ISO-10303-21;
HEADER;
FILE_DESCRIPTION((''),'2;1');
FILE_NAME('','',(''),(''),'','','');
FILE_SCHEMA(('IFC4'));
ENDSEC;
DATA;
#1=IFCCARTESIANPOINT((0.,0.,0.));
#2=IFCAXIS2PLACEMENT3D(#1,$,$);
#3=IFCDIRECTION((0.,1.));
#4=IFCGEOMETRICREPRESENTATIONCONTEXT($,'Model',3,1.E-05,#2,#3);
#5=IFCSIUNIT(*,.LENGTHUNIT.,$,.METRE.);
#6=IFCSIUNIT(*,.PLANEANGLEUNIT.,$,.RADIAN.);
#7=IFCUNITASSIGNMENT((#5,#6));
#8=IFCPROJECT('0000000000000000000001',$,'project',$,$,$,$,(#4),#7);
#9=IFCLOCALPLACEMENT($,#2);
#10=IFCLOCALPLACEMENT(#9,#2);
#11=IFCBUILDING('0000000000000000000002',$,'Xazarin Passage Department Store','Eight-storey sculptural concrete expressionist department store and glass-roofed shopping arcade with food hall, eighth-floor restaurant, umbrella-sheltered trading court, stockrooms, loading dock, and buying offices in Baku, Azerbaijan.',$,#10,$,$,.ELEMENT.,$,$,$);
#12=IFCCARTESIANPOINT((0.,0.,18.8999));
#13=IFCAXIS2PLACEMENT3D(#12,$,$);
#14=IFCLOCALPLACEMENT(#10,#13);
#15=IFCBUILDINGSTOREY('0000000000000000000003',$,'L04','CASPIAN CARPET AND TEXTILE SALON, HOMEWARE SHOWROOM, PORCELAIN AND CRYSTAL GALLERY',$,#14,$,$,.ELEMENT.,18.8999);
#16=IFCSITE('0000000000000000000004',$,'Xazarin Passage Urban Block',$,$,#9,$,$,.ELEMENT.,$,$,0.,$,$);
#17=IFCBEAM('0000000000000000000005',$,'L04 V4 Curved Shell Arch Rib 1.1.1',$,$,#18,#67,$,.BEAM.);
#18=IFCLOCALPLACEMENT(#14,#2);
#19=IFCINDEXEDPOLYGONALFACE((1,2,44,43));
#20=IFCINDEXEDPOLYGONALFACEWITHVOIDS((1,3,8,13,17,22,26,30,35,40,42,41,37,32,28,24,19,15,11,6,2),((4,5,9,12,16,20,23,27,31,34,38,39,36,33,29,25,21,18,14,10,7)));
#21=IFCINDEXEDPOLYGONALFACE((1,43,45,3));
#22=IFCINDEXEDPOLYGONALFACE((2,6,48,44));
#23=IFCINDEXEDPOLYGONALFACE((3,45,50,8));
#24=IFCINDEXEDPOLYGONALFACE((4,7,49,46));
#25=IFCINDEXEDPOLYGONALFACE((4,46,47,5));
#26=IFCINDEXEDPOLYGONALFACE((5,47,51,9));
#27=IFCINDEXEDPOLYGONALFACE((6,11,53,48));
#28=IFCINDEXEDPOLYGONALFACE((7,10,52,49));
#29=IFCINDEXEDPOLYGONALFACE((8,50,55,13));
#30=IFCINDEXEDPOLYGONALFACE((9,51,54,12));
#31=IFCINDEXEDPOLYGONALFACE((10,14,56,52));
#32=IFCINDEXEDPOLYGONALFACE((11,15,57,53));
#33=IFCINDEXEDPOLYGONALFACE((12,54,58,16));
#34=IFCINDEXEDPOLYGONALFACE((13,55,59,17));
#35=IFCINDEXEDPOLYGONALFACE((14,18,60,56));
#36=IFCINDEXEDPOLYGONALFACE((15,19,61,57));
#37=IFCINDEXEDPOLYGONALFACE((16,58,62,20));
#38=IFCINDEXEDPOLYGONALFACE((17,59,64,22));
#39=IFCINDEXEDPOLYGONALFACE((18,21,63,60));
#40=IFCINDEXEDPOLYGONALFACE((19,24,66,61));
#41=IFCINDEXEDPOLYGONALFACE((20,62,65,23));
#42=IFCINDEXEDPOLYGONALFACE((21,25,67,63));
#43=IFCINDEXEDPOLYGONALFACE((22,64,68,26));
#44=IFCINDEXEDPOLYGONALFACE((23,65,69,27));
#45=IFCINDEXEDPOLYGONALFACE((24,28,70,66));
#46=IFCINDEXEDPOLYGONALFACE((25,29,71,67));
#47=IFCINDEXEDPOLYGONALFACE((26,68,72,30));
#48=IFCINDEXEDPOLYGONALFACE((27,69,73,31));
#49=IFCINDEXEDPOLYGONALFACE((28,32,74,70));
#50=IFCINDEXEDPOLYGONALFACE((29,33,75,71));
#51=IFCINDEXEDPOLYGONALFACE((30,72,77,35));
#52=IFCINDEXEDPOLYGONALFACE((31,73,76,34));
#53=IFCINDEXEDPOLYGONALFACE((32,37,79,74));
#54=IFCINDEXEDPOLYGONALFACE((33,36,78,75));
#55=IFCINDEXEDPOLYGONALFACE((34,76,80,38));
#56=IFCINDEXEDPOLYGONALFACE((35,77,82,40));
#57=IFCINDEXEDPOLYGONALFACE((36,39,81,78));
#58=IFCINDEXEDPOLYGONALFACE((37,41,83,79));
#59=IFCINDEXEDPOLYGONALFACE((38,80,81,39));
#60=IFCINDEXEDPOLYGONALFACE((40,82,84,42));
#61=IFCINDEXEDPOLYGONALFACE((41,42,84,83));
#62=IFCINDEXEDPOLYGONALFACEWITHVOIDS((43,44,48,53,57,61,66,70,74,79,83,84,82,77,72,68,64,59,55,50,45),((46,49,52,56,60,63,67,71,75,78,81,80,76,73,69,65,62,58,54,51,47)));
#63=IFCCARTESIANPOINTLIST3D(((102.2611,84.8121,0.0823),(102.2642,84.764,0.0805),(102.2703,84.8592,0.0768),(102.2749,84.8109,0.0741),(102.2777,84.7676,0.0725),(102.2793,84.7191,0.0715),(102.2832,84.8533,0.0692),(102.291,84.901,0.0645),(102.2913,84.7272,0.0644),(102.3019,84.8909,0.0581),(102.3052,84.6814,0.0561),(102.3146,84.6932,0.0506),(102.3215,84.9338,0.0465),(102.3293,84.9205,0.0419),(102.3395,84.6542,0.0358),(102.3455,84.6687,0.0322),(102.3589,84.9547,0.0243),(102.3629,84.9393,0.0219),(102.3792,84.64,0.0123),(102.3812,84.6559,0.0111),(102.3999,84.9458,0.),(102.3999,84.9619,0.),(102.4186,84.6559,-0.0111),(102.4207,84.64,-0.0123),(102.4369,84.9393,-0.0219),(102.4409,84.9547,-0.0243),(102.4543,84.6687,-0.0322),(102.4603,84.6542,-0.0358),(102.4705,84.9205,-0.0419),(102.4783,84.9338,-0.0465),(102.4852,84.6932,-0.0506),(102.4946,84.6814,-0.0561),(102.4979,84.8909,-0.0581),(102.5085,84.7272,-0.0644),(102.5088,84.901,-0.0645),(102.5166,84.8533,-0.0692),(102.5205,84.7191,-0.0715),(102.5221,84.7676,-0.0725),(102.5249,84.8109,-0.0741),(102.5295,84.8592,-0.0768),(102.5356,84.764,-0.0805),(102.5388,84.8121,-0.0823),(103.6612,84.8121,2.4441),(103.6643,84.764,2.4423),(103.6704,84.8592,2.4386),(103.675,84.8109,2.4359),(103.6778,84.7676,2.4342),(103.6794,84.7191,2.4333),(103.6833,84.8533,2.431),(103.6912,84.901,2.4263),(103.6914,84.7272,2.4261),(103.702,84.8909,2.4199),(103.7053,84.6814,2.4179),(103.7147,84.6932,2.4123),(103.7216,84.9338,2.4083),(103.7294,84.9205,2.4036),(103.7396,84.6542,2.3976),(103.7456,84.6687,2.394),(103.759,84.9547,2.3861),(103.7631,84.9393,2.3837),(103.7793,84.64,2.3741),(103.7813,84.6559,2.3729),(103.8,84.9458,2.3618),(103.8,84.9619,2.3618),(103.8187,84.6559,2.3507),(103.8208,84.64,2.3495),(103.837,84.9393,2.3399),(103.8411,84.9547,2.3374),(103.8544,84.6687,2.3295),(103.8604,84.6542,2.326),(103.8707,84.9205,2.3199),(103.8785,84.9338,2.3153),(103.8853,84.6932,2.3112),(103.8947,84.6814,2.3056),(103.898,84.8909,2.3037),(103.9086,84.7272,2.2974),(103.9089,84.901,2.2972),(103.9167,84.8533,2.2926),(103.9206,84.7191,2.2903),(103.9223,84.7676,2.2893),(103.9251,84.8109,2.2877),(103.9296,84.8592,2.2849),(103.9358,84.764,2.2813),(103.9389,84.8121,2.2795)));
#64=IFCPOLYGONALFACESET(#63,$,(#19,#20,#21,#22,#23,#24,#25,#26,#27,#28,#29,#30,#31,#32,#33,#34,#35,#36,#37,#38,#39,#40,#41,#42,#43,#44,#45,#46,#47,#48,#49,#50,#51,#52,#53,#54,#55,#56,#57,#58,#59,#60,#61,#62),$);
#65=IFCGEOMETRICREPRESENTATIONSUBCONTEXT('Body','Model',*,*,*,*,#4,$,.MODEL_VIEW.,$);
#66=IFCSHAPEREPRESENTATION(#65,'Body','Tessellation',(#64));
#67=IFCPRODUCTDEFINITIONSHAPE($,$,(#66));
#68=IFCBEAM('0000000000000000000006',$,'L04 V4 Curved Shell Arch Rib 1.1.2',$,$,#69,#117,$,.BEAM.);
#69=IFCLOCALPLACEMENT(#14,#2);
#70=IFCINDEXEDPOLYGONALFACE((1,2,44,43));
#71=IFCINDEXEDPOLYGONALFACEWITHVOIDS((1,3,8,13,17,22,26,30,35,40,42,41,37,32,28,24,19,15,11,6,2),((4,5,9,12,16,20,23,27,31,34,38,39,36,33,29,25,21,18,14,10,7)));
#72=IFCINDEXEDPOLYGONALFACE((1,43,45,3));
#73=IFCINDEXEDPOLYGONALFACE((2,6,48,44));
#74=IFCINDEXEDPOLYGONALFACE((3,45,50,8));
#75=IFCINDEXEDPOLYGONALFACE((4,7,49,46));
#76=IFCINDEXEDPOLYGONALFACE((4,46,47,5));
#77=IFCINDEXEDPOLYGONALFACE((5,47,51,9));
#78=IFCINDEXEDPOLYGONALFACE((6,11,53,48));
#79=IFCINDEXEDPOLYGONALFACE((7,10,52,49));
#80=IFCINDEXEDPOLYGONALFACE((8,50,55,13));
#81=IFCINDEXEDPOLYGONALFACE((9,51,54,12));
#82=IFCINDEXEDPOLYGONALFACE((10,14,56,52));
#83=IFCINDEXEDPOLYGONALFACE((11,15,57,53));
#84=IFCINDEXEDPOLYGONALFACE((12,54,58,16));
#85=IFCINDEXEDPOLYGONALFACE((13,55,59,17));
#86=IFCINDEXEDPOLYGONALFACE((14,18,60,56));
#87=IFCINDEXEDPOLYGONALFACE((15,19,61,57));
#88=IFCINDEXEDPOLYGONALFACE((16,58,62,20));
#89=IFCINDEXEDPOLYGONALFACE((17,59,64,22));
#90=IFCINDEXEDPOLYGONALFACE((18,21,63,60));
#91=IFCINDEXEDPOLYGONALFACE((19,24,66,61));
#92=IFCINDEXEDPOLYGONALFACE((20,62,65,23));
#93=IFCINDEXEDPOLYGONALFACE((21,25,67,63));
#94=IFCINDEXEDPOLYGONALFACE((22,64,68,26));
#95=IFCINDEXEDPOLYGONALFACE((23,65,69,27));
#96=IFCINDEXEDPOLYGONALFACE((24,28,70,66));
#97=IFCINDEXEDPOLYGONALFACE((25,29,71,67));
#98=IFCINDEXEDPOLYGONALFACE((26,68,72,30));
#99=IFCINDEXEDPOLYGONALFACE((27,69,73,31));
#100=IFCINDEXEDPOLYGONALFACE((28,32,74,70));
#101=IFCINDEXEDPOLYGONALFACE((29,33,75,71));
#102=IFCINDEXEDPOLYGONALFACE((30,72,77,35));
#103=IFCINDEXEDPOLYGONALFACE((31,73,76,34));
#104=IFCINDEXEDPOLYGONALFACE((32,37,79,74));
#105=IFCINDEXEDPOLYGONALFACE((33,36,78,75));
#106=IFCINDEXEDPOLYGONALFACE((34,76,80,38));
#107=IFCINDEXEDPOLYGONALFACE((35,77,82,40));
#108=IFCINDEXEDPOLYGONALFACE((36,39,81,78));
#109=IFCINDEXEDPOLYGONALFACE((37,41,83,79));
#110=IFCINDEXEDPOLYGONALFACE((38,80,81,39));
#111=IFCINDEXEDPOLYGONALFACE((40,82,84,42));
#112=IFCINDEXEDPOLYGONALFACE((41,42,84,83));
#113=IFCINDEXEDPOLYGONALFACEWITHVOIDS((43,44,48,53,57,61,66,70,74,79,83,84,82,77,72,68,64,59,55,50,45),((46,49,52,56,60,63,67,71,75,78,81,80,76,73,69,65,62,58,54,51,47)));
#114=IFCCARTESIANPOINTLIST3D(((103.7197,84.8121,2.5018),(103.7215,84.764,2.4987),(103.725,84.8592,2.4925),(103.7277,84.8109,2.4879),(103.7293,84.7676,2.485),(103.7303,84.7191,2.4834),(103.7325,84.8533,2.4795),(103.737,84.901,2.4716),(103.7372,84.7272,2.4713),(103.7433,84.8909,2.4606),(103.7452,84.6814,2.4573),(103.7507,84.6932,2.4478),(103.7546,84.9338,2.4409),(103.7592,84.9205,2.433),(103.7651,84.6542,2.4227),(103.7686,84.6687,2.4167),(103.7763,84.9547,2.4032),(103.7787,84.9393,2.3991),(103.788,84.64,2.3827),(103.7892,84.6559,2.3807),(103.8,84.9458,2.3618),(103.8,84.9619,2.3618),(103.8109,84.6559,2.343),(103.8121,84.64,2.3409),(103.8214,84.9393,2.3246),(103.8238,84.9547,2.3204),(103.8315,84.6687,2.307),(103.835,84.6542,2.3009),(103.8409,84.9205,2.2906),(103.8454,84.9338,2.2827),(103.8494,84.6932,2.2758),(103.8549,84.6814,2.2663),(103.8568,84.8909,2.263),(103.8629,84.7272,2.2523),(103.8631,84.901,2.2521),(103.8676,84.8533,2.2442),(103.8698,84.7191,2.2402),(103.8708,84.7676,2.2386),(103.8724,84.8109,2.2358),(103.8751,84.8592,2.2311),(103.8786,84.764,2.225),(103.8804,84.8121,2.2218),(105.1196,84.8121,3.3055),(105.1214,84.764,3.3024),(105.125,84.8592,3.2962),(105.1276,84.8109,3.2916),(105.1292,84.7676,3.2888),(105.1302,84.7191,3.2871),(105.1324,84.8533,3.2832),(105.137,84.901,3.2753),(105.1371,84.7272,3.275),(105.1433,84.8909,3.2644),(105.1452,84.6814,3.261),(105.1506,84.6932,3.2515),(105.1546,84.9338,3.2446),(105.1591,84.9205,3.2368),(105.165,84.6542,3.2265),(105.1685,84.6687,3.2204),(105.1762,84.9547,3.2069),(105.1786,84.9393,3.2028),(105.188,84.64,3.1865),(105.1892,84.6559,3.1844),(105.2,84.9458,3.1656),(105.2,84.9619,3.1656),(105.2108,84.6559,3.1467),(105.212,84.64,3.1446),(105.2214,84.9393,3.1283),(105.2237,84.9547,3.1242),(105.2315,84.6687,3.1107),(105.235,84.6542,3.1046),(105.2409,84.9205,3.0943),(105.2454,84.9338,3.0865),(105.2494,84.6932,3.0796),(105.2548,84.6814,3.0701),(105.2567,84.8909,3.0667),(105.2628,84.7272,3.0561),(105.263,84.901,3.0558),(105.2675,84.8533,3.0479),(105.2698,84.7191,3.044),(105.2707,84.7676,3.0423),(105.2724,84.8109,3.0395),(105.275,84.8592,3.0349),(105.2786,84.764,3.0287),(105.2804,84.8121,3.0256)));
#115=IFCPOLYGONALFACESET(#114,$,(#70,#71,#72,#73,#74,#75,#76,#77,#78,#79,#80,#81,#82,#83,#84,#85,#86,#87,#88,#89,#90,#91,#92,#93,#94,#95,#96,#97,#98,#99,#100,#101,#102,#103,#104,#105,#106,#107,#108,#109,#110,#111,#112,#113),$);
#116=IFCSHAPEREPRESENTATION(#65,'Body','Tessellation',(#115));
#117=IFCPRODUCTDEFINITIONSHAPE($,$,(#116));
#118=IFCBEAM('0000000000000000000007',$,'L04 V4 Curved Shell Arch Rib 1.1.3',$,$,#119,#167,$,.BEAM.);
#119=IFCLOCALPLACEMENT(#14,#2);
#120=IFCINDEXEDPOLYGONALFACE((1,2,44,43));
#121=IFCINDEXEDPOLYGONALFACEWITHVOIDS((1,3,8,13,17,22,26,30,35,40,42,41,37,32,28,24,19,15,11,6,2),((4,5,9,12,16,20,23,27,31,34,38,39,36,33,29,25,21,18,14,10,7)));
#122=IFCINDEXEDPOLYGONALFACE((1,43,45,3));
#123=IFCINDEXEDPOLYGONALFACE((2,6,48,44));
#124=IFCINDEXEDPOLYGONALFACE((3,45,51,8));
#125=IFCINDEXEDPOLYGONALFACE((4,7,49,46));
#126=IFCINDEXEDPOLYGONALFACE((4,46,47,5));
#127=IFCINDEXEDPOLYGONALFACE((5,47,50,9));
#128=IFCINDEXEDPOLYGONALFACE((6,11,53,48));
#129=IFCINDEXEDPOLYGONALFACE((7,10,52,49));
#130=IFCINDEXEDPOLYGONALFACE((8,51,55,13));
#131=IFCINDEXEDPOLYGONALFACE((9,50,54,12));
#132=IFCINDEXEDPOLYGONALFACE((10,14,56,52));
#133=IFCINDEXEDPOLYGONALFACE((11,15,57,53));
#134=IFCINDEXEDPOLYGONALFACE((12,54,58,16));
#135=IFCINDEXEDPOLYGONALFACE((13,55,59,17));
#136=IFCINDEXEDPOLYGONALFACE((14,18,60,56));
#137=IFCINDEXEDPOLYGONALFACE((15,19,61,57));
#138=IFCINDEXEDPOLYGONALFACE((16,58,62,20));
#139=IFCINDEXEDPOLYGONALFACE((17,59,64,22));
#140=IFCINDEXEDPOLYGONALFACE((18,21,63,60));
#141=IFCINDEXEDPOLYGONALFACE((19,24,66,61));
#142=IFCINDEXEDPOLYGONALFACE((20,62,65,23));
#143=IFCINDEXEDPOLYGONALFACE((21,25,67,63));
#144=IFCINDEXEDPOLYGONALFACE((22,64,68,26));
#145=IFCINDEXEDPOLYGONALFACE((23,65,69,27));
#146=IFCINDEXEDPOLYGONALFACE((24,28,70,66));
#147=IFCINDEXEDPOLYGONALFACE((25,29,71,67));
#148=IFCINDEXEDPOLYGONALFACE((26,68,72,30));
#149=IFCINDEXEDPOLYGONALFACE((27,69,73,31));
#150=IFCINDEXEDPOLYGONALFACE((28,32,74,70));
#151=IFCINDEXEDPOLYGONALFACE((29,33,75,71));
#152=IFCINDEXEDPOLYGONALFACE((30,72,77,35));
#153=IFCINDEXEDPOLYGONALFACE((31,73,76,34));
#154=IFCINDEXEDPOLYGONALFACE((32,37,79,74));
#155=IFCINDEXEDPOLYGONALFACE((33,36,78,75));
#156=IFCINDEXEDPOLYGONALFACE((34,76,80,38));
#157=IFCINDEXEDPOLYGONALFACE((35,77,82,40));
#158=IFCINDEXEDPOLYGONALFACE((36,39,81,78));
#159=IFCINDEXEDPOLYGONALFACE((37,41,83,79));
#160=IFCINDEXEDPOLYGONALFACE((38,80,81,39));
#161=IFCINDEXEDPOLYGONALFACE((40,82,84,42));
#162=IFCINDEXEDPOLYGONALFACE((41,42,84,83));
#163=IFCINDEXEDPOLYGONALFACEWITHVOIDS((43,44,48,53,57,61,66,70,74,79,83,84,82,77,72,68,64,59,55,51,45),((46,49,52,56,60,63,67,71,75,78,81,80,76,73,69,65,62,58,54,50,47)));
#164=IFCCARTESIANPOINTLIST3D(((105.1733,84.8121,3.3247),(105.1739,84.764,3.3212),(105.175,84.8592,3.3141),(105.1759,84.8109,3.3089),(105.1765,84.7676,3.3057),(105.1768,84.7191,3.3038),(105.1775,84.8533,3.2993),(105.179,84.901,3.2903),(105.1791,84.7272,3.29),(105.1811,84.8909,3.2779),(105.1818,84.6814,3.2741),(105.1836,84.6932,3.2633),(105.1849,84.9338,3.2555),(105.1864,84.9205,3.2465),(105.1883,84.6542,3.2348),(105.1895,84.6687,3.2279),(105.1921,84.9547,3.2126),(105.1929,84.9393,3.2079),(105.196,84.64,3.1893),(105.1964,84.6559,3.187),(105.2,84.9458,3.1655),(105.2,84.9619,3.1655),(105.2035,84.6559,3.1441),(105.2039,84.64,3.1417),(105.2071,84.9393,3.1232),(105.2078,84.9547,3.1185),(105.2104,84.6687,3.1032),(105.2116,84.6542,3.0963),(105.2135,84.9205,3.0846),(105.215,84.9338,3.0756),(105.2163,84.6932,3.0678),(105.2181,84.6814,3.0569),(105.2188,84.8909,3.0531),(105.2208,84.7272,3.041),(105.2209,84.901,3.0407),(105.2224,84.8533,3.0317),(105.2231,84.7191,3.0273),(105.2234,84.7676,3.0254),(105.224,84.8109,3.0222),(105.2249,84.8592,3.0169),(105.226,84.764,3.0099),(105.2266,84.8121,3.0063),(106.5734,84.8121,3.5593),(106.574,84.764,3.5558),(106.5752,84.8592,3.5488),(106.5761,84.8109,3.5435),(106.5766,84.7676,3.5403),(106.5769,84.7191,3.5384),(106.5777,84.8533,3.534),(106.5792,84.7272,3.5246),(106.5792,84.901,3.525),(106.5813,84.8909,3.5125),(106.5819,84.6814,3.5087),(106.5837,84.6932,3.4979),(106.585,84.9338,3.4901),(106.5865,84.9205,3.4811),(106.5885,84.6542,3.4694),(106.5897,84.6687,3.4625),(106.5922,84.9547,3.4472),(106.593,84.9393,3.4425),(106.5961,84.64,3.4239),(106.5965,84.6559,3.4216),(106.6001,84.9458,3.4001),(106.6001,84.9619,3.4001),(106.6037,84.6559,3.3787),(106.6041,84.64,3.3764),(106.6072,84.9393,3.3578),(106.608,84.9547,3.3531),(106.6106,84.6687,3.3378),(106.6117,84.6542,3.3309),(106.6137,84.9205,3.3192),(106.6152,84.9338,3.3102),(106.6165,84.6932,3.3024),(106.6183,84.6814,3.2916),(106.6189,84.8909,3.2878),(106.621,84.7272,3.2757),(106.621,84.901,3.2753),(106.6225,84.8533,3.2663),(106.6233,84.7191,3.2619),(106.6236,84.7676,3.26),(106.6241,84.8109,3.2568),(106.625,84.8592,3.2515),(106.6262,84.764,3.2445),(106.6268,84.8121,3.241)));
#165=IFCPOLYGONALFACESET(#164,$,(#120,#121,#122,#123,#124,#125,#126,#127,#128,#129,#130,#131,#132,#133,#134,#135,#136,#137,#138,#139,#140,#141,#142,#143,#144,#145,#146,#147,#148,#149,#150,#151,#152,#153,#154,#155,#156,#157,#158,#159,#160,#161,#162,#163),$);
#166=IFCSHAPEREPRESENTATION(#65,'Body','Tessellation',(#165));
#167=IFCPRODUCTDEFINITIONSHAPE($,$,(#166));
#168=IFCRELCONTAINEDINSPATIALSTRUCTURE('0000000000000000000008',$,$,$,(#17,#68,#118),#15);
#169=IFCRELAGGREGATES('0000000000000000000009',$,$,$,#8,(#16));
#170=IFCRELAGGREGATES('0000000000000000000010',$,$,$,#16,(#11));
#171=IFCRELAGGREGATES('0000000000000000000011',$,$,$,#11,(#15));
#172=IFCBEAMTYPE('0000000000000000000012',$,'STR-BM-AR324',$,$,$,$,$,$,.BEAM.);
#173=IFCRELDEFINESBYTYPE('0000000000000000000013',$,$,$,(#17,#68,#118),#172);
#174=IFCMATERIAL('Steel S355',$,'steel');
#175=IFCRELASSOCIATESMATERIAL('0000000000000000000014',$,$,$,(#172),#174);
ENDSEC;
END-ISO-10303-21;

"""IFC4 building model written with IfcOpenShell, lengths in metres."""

from ifc_helpers import new_model, si_unit, direction, frame, origin, origin_2d, place, context, subcontext, project, spatial, hollow_circle, extrude, material, material_profile, profile_set, type_object, element, save


model = new_model("IFC4")

# Units and contexts
model_context = context("Model", 3, precision=1e-05, world=origin(), true_north=direction((0.0, 1.0)))
body_context = subcontext(model_context, "Body", "Model", "MODEL_VIEW")
ifc_project = project(units=[si_unit("LENGTHUNIT", "METRE"), si_unit("PLANEANGLEUNIT", "RADIAN")], contexts=[model_context])

# Site, building, storey
site_placement = place(None, origin())
site = spatial("IfcSite", under=ifc_project, at=site_placement, Name="Xazarin Passage Urban Block", CompositionType="ELEMENT", RefElevation=0.0)
building_placement = place(site_placement, origin())
building = spatial("IfcBuilding", under=site, at=building_placement, Name="Xazarin Passage Department Store", Description="Eight-storey sculptural concrete expressionist department store and glass-roofed shopping arcade with food hall, eighth-floor restaurant, umbrella-sheltered trading court, stockrooms, loading dock, and buying offices in Baku, Azerbaijan.", CompositionType="ELEMENT")
storey_placement = place(building_placement, frame((0.0, 0.0, 18.8999)))
storey = spatial("IfcBuildingStorey", under=building, at=storey_placement, Name="L04", Description="CASPIAN CARPET AND TEXTILE SALON, HOMEWARE SHOWROOM, PORCELAIN AND CRYSTAL GALLERY", CompositionType="ELEMENT", Elevation=18.8999)

# Beams
ifc_material_1 = material(Name="Steel S355", Category="steel")
ifc_material_profile_1 = material_profile(ifc_material_1, hollow_circle(Radius=0.1619, WallThickness=0.0161, at=origin_2d()), Name="CHS 323.9x16")
ifc_profile_set_1 = profile_set([ifc_material_profile_1], Name="Steel S355")
beam_type_1 = type_object("IfcBeamType", Name="STR-BM-AR324", PredefinedType="BEAM", material=ifc_profile_set_1)
beam_1_placement = place(storey_placement, frame((102.3999, 84.8, 0.0), z_axis=(0.509951, 0.0, 0.860203), x_axis=(0.0, 1.0, 0.0)))
element("IfcBeam", 1, at=beam_1_placement, inside=storey, type_object=beam_type_1, Name="L04 V4 Curved Shell Arch Rib 1.1.1", PredefinedType="BEAM", context=body_context, shape_type="SweptSolid", body=[
    extrude(hollow_circle(Radius=0.1619, WallThickness=0.0161, at=origin_2d()), origin(), (0.0, 0.0, 1.0), 2.7456),
])
beam_2_placement = place(storey_placement, frame((103.8, 84.8, 2.3618), z_axis=(0.867236, 0.0, 0.497897), x_axis=(0.0, 1.0, 0.0)))
element("IfcBeam", 2, at=beam_2_placement, inside=storey, type_object=beam_type_1, Name="L04 V4 Curved Shell Arch Rib 1.1.2", PredefinedType="BEAM", context=body_context, shape_type="SweptSolid", body=[
    extrude(hollow_circle(Radius=0.1619, WallThickness=0.0161, at=origin_2d()), origin(), (0.0, 0.0, 1.0), 1.6143),
])
beam_3_placement = place(storey_placement, frame((105.2, 84.8, 3.1655), z_axis=(0.986249, 0.0, 0.165263), x_axis=(0.0, 1.0, 0.0)))
element("IfcBeam", 3, at=beam_3_placement, inside=storey, type_object=beam_type_1, Name="L04 V4 Curved Shell Arch Rib 1.1.3", PredefinedType="BEAM", context=body_context, shape_type="SweptSolid", body=[
    extrude(hollow_circle(Radius=0.1619, WallThickness=0.0161, at=origin_2d()), origin(), (0.0, 0.0, 1.0), 1.4197),
])

save(model, "model.ifc")
